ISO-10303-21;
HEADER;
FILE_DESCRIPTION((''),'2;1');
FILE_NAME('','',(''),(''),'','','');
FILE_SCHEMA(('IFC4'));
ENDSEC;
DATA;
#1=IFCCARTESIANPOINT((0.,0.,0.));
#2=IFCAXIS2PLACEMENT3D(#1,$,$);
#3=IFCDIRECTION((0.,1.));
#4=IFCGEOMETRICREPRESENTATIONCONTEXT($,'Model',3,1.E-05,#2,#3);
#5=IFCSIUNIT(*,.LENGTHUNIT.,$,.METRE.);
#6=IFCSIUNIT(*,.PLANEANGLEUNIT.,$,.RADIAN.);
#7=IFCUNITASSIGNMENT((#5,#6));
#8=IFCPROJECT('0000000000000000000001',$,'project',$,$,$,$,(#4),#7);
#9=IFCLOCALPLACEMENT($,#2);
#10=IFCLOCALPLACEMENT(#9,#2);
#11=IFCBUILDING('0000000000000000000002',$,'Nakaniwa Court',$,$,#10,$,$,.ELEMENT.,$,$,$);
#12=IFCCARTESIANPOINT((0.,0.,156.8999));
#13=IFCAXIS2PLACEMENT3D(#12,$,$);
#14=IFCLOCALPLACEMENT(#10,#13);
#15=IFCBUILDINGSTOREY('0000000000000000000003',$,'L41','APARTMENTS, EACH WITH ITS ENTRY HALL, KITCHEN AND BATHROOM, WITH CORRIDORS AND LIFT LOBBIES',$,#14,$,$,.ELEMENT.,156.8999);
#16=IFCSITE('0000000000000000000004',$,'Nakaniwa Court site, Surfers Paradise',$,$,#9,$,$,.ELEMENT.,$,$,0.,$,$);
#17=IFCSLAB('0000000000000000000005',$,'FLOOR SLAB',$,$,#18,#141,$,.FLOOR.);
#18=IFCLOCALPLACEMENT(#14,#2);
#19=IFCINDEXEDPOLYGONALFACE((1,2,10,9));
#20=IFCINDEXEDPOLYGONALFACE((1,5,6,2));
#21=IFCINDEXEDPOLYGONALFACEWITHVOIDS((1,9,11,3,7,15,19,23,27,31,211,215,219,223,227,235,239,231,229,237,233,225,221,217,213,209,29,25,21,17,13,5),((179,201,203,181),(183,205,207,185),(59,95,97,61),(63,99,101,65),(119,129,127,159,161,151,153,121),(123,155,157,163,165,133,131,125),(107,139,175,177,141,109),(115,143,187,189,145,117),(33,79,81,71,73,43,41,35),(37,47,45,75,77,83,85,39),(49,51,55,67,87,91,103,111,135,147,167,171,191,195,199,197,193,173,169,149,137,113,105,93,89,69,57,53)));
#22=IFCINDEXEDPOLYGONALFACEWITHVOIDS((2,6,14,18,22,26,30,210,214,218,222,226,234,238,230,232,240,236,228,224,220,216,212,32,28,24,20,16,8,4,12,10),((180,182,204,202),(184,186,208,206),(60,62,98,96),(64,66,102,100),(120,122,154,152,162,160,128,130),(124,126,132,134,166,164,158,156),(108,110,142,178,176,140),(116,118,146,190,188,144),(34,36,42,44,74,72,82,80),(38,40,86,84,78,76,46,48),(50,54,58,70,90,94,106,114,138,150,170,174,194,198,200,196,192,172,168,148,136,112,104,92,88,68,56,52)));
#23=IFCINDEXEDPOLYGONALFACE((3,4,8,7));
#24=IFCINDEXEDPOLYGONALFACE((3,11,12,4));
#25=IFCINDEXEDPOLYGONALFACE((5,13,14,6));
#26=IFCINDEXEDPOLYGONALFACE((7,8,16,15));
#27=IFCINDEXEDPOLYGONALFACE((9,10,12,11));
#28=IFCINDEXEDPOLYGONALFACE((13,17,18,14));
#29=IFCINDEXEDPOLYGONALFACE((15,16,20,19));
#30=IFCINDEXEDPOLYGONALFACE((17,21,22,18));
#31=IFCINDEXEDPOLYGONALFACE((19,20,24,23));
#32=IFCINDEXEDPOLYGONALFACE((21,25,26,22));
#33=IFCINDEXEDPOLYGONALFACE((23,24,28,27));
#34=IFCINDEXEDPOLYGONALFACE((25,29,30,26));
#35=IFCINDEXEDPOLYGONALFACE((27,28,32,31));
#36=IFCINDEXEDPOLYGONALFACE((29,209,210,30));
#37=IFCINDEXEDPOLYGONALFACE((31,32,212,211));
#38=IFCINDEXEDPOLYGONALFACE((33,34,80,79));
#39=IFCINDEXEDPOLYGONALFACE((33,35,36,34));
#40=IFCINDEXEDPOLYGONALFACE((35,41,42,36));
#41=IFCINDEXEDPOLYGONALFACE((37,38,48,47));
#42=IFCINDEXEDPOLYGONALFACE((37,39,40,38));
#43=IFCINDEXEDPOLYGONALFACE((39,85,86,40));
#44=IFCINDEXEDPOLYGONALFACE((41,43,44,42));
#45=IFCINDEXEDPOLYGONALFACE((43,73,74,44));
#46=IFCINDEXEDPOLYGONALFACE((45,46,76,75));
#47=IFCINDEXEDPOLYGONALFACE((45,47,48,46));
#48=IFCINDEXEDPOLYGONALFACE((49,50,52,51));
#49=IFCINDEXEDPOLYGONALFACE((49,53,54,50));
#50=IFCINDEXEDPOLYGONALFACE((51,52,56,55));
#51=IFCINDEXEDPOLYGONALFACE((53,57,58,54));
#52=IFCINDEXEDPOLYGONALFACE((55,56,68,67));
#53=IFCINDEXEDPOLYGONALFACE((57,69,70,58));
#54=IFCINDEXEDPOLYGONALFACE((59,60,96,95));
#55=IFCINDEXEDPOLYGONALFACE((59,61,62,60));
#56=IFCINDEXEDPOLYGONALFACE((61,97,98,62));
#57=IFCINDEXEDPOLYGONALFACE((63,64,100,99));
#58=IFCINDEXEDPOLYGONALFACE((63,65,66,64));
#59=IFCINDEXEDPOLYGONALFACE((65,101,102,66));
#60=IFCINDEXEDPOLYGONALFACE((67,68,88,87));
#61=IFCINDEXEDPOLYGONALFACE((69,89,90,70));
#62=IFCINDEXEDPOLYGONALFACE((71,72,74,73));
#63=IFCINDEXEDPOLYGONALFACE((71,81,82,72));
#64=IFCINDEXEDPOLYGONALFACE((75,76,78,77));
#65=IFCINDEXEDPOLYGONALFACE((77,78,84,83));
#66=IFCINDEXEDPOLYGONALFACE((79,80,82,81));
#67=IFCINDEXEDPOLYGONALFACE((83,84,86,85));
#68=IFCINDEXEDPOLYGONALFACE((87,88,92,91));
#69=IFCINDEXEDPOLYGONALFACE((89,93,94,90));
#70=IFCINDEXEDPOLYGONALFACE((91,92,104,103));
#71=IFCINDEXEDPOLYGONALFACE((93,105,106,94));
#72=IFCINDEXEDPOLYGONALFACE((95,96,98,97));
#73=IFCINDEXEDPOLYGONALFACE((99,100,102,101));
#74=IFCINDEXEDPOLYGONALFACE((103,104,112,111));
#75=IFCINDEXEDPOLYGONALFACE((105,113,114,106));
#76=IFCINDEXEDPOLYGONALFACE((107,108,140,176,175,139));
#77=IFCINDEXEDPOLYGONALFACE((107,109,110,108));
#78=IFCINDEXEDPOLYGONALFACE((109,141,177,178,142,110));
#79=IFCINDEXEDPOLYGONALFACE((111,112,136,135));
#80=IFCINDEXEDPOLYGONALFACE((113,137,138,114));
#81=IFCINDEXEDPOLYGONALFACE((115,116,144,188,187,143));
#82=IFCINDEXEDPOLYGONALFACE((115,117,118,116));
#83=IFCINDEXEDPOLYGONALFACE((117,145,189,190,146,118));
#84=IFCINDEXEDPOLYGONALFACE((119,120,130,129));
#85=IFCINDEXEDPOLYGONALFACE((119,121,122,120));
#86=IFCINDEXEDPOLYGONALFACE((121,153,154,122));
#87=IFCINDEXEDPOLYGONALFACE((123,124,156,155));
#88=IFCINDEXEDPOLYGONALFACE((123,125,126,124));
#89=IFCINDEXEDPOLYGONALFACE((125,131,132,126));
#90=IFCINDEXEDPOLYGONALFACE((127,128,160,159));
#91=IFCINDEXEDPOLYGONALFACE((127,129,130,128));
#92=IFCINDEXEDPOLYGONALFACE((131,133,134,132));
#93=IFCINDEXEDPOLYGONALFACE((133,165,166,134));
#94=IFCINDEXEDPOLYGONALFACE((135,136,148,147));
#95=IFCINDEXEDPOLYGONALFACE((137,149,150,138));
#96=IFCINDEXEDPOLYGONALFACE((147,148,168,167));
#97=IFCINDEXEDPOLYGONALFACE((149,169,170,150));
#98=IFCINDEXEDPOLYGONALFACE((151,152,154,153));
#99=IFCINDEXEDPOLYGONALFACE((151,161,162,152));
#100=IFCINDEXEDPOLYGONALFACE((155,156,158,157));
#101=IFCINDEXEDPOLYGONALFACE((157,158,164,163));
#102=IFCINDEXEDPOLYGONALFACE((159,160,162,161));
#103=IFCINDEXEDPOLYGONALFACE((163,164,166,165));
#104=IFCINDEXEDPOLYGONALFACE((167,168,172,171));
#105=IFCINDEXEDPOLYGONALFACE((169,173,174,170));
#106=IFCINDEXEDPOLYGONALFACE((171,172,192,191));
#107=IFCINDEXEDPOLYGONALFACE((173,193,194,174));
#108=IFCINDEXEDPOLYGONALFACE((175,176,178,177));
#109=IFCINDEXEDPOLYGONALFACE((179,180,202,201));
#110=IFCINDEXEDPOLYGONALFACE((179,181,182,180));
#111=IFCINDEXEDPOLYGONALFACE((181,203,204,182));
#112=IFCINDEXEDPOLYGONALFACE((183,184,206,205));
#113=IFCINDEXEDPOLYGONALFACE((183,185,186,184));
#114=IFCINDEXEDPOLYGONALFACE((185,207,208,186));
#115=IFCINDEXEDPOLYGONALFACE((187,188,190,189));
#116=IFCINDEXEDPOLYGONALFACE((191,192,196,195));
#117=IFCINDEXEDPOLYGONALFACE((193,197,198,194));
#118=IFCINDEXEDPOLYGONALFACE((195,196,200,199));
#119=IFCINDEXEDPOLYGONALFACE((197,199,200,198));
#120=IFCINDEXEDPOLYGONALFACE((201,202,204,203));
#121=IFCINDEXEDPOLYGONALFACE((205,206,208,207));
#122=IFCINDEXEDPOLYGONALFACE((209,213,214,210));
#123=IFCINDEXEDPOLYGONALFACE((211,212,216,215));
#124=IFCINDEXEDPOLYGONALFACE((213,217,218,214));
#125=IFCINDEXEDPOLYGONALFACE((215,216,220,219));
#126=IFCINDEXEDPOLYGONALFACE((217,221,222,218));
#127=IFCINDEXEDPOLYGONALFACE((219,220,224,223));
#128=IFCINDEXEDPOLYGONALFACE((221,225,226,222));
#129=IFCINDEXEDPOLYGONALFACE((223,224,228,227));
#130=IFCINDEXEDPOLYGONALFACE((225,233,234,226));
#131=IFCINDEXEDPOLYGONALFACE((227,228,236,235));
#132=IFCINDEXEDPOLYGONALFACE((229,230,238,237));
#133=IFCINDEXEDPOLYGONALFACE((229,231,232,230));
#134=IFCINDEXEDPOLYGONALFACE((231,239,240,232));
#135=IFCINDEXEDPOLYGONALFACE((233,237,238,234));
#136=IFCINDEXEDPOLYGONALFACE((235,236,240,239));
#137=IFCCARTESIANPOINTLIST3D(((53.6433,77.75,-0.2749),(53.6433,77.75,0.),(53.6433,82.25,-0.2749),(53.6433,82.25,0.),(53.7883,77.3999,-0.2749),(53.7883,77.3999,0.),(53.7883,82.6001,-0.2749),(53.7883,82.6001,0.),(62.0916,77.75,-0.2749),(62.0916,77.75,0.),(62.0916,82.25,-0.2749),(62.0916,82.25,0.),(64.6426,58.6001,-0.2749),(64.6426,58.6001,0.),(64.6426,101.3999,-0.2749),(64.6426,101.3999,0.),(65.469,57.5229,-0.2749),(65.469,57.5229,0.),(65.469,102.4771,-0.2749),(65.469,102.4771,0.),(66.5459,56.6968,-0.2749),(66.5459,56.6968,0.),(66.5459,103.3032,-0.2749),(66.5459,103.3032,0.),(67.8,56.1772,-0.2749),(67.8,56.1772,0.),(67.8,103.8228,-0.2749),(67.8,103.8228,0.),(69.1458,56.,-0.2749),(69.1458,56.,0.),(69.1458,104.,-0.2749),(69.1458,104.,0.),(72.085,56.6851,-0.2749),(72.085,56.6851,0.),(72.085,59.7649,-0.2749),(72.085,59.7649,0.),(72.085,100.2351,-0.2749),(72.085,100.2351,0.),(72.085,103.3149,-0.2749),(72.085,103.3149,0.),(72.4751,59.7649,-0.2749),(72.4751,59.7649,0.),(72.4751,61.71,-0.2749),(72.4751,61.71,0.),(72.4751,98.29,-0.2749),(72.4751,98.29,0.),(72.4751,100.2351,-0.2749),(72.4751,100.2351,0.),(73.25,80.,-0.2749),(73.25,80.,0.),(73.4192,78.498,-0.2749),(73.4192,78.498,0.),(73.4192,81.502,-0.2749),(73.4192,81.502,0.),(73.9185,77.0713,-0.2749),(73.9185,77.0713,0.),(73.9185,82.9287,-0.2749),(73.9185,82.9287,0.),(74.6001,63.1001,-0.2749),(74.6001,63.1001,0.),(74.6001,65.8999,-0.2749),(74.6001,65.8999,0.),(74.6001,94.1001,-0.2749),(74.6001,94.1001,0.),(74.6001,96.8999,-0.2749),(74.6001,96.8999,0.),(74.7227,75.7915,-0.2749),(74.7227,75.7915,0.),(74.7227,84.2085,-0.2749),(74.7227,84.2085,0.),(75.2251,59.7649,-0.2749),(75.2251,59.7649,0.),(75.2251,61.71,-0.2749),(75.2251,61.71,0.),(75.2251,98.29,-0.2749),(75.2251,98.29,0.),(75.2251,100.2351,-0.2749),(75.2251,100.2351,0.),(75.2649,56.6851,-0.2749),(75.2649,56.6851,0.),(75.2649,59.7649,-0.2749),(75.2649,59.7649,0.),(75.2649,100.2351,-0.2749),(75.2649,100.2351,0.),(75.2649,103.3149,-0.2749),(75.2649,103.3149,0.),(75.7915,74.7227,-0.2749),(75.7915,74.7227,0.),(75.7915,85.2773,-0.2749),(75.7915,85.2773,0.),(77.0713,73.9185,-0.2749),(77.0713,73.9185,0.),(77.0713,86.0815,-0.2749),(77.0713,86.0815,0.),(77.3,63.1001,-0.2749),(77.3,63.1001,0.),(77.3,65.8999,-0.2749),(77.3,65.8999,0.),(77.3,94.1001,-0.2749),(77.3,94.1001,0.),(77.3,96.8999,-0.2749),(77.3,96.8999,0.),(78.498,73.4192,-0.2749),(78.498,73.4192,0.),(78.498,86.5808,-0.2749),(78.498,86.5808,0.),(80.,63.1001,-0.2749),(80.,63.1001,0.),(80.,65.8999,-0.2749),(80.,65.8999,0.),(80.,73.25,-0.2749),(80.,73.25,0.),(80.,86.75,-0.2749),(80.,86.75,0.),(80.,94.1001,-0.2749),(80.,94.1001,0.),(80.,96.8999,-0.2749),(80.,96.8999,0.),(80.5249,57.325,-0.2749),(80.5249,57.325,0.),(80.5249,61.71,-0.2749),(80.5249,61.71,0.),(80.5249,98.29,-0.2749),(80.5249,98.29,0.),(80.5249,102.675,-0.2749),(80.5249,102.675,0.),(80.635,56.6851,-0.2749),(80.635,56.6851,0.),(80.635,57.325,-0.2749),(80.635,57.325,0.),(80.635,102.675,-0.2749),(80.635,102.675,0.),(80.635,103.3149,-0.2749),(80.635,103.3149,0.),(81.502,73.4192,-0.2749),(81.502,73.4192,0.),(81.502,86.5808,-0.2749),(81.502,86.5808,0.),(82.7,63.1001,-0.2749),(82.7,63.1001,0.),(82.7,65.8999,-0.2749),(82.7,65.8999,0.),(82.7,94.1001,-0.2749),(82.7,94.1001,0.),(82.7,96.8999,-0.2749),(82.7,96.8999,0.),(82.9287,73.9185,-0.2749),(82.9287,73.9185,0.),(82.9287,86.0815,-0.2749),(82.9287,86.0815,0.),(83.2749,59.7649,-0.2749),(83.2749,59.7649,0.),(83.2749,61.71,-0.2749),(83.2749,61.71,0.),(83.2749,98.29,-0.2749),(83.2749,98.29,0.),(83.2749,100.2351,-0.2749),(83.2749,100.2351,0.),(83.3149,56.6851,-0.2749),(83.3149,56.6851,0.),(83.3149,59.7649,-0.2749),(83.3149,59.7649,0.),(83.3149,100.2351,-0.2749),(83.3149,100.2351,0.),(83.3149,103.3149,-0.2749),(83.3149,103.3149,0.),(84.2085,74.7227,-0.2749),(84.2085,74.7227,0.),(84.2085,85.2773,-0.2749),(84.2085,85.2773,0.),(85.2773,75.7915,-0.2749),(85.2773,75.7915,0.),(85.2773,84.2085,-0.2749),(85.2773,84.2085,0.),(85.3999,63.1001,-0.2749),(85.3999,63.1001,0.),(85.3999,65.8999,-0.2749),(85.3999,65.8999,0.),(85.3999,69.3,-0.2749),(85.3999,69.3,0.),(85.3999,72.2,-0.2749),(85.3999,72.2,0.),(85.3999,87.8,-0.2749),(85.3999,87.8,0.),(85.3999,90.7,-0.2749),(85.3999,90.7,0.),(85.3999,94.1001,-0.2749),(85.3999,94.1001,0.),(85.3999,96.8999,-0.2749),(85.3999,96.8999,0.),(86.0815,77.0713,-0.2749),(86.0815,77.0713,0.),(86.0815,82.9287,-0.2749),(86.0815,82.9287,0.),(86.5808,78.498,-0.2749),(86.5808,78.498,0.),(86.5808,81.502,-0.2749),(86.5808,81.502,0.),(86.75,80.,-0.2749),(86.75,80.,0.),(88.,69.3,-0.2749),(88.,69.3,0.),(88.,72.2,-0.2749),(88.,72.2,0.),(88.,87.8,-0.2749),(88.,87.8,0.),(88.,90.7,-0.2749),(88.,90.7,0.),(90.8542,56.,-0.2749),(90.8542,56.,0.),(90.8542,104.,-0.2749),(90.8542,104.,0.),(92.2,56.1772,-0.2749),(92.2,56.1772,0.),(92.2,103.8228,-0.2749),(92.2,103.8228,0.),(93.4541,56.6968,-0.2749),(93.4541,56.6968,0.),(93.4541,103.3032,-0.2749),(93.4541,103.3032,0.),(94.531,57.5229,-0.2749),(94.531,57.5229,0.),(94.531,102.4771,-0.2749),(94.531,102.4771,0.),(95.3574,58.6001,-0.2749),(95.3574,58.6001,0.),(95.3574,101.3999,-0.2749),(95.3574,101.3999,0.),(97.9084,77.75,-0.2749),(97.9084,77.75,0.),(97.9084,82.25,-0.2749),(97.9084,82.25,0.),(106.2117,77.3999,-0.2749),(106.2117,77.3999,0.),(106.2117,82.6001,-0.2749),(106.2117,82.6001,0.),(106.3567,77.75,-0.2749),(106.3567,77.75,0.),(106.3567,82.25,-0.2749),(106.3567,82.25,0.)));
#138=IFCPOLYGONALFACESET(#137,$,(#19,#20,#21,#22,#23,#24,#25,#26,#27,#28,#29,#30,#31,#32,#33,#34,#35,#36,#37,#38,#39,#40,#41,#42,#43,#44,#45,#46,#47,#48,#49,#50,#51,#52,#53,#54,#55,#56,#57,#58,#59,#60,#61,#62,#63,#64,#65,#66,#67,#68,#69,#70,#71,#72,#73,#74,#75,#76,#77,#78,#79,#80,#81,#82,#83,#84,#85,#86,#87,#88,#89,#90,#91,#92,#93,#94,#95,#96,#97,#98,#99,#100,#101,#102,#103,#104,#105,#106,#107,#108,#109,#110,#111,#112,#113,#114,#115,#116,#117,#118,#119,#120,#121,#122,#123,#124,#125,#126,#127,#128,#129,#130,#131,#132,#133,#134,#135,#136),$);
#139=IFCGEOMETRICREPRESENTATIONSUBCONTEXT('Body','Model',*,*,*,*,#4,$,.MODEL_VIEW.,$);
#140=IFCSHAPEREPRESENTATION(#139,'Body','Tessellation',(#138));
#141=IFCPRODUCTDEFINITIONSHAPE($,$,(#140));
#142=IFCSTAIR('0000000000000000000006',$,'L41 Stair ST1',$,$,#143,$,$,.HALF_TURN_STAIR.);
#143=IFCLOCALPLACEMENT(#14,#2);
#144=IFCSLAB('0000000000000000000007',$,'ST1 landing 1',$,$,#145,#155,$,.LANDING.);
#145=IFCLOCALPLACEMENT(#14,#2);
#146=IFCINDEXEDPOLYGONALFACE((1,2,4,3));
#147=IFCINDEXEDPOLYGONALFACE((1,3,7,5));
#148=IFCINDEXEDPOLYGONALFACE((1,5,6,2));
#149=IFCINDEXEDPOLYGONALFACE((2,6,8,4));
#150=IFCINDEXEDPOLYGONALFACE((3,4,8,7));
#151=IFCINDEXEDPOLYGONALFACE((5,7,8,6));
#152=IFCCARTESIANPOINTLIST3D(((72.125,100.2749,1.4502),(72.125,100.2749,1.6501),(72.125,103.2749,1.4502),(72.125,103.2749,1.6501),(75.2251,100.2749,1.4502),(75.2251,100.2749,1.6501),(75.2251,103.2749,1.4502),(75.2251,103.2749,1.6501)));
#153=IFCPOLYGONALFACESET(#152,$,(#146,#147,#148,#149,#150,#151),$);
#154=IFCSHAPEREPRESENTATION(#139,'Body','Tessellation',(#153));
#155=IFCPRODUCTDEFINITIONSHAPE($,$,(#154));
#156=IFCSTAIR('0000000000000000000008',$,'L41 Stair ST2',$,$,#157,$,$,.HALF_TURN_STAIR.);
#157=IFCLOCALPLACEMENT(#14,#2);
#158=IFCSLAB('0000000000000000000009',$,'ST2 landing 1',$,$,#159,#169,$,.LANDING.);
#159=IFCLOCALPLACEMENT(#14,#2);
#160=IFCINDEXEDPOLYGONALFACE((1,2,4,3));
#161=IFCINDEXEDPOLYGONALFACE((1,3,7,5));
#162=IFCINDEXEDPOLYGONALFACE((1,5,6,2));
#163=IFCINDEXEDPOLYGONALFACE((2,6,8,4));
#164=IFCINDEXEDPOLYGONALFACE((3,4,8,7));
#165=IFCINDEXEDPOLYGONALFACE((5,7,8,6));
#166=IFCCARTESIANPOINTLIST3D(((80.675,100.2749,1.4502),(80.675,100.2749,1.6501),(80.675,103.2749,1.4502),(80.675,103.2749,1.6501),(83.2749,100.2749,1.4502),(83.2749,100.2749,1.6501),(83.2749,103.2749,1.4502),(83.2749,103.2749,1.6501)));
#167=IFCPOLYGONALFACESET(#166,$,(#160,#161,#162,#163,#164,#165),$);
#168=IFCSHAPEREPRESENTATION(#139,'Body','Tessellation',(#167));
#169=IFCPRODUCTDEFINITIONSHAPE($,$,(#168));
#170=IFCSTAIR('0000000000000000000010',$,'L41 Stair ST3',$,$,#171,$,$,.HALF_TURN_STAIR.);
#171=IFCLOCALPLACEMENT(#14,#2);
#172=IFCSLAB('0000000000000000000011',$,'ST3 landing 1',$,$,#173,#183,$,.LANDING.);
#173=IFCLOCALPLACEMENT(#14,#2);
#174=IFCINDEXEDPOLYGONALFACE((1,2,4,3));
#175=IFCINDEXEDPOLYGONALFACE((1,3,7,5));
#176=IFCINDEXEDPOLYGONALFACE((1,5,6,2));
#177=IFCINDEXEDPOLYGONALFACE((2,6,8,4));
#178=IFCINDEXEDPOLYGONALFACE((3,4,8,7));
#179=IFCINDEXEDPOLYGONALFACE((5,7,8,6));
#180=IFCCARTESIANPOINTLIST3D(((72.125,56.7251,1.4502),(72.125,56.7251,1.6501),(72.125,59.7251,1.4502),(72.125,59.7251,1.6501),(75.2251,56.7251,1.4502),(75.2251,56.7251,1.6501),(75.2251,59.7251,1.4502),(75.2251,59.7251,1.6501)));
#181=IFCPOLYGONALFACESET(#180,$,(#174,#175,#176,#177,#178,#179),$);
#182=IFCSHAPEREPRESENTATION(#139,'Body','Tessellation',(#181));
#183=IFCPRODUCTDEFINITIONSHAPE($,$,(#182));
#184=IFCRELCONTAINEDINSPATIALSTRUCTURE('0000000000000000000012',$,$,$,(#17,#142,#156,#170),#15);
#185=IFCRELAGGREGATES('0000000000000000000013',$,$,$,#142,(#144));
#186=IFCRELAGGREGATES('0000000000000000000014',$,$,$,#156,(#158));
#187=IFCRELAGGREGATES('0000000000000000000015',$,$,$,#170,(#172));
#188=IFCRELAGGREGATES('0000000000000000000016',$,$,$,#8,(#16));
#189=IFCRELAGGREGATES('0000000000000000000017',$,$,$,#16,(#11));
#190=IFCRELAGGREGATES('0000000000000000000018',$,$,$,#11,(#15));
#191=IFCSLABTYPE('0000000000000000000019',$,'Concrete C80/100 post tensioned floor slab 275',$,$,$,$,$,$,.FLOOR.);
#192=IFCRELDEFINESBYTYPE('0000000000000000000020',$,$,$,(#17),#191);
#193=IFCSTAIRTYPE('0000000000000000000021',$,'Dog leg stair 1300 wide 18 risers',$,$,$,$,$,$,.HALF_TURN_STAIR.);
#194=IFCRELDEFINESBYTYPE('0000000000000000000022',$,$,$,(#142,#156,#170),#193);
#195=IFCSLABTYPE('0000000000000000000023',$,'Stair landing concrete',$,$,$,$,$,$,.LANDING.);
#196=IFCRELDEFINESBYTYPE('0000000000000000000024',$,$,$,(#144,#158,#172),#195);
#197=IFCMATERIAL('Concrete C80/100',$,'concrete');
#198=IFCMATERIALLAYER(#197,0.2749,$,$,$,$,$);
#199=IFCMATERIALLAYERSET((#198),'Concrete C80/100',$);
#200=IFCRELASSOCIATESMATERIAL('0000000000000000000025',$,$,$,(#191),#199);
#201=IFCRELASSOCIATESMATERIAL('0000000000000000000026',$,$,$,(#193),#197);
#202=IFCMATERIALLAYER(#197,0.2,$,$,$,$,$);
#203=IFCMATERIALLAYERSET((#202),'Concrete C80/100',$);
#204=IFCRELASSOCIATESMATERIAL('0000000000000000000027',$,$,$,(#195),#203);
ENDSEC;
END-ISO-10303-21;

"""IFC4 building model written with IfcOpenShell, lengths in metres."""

from ifc_helpers import new_model, si_unit, direction, frame, origin, place, context, subcontext, project, spatial, polyline, outline, extrude, material, layer, layer_set, type_object, element, aggregate, save


model = new_model("IFC4")

# Units and contexts
model_context = context("Model", 3, precision=1e-05, world=origin(), true_north=direction((0.0, 1.0)))
body_context = subcontext(model_context, "Body", "Model", "MODEL_VIEW")
ifc_project = project(units=[si_unit("LENGTHUNIT", "METRE"), si_unit("PLANEANGLEUNIT", "RADIAN")], contexts=[model_context])

# Site, building, storey
site_placement = place(None, origin())
site = spatial("IfcSite", under=ifc_project, at=site_placement, Name="Nakaniwa Court site, Surfers Paradise", CompositionType="ELEMENT", RefElevation=0.0)
building_placement = place(site_placement, origin())
building = spatial("IfcBuilding", under=site, at=building_placement, Name="Nakaniwa Court", CompositionType="ELEMENT")
storey_placement = place(building_placement, frame((0.0, 0.0, 156.8999)))
storey = spatial("IfcBuildingStorey", under=building, at=storey_placement, Name="L41", Description="APARTMENTS, EACH WITH ITS ENTRY HALL, KITCHEN AND BATHROOM, WITH CORRIDORS AND LIFT LOBBIES", CompositionType="ELEMENT", Elevation=156.8999)

# Shared definitions
ifc_material_1 = material(Name="Concrete C80/100", Category="concrete")

# Slab
ifc_layer_1 = layer(ifc_material_1, 0.2749)
ifc_layer_set_1 = layer_set([ifc_layer_1], Name="Concrete C80/100")
slab_type_1 = type_object("IfcSlabType", Name="Concrete C80/100 post tensioned floor slab 275", PredefinedType="FLOOR", material=ifc_layer_set_1)
slab_1_placement = place(storey_placement, frame((0.0, 0.0, -0.2749)))
element("IfcSlab", 1, at=slab_1_placement, inside=storey, type_object=slab_type_1, Name="FLOOR SLAB", PredefinedType="FLOOR", context=body_context, shape_type="SweptSolid", body=[
    extrude(outline(polyline([(97.9084, 82.25), (106.3567, 82.25), (106.2117, 82.6001), (95.3574, 101.3999), (94.531, 102.4771), (93.4541, 103.3032), (92.2, 103.8228), (90.8542, 104.0), (69.1458, 104.0), (67.8, 103.8228), (66.5459, 103.3032), (65.469, 102.4771), (64.6426, 101.3999), (53.7883, 82.6001), (53.6433, 82.25), (62.0916, 82.25), (62.0916, 77.75), (53.6433, 77.75), (53.7883, 77.3999), (64.6426, 58.6001), (65.469, 57.5229), (66.5459, 56.6968), (67.8, 56.1772), (69.1458, 56.0), (90.8542, 56.0), (92.2, 56.1772), (93.4541, 56.6968), (94.531, 57.5229), (95.3574, 58.6001), (106.2117, 77.3999), (106.3567, 77.75), (97.9084, 77.75), (97.9084, 82.25)]), holes=[polyline([(81.502, 86.5808), (80.0, 86.75), (78.498, 86.5808), (77.0713, 86.0815), (75.7915, 85.2773), (74.7227, 84.2085), (73.9185, 82.9287), (73.4192, 81.502), (73.25, 80.0), (73.4192, 78.498), (73.9185, 77.0713), (74.7227, 75.7915), (75.7915, 74.7227), (77.0713, 73.9185), (78.498, 73.4192), (80.0, 73.25), (81.502, 73.4192), (82.9287, 73.9185), (84.2085, 74.7227), (85.2773, 75.7915), (86.0815, 77.0713), (86.5808, 78.498), (86.75, 80.0), (86.5808, 81.502), (86.0815, 82.9287), (85.2773, 84.2085), (84.2085, 85.2773), (82.9287, 86.0815), (81.502, 86.5808)]), polyline([(72.4751, 61.71), (72.4751, 59.7649), (72.085, 59.7649), (72.085, 56.6851), (75.2649, 56.6851), (75.2649, 59.7649), (75.2251, 59.7649), (75.2251, 61.71), (72.4751, 61.71)]), polyline([(77.3, 65.8999), (74.6001, 65.8999), (74.6001, 63.1001), (77.3, 63.1001), (77.3, 65.8999)]), polyline([(80.0, 65.8999), (80.0, 63.1001), (82.7, 63.1001), (85.3999, 63.1001), (85.3999, 65.8999), (82.7, 65.8999), (80.0, 65.8999)]), polyline([(77.3, 96.8999), (74.6001, 96.8999), (74.6001, 94.1001), (77.3, 94.1001), (77.3, 96.8999)]), polyline([(80.0, 96.8999), (80.0, 94.1001), (82.7, 94.1001), (85.3999, 94.1001), (85.3999, 96.8999), (82.7, 96.8999), (80.0, 96.8999)]), polyline([(75.2649, 100.2351), (75.2649, 103.3149), (72.085, 103.3149), (72.085, 100.2351), (72.4751, 100.2351), (72.4751, 98.29), (75.2251, 98.29), (75.2251, 100.2351), (75.2649, 100.2351)]), polyline([(83.2749, 61.71), (80.5249, 61.71), (80.5249, 57.325), (80.635, 57.325), (80.635, 56.6851), (83.3149, 56.6851), (83.3149, 59.7649), (83.2749, 59.7649), (83.2749, 61.71)]), polyline([(88.0, 72.2), (85.3999, 72.2), (85.3999, 69.3), (88.0, 69.3), (88.0, 72.2)]), polyline([(88.0, 90.7), (85.3999, 90.7), (85.3999, 87.8), (88.0, 87.8), (88.0, 90.7)]), polyline([(83.3149, 100.2351), (83.3149, 103.3149), (80.635, 103.3149), (80.635, 102.675), (80.5249, 102.675), (80.5249, 98.29), (83.2749, 98.29), (83.2749, 100.2351), (83.3149, 100.2351)])]), origin(), (0.0, 0.0, 1.0), 0.2749),
])

# Stairs, slabs
stair_type = type_object("IfcStairType", Name="Dog leg stair 1300 wide 18 risers", PredefinedType="HALF_TURN_STAIR", material=ifc_material_1)
stair_1_placement = place(storey_placement, origin())
stair_1 = element("IfcStair", 2, at=stair_1_placement, inside=storey, type_object=stair_type, Name="L41 Stair ST1", PredefinedType="HALF_TURN_STAIR")
ifc_layer_2 = layer(ifc_material_1, 0.2)
ifc_layer_set_2 = layer_set([ifc_layer_2], Name="Concrete C80/100")
slab_type_2 = type_object("IfcSlabType", Name="Stair landing concrete", PredefinedType="LANDING", material=ifc_layer_set_2)
slab_2_placement = place(storey_placement, frame((0.0, 0.0, 1.4502)))
slab_2 = element("IfcSlab", 3, at=slab_2_placement, type_object=slab_type_2, Name="ST1 landing 1", PredefinedType="LANDING", context=body_context, shape_type="SweptSolid", body=[
    extrude(outline(polyline([(75.2251, 100.2749), (75.2251, 103.2749), (72.125, 103.2749), (72.125, 100.2749), (75.2251, 100.2749)])), origin(), (0.0, 0.0, 1.0), 0.2),
])
aggregate(stair_1, [slab_2])
stair_2_placement = place(storey_placement, origin())
stair_2 = element("IfcStair", 4, at=stair_2_placement, inside=storey, type_object=stair_type, Name="L41 Stair ST2", PredefinedType="HALF_TURN_STAIR")
slab_3_placement = place(storey_placement, frame((0.0, 0.0, 1.4502)))
slab_3 = element("IfcSlab", 5, at=slab_3_placement, type_object=slab_type_2, Name="ST2 landing 1", PredefinedType="LANDING", context=body_context, shape_type="SweptSolid", body=[
    extrude(outline(polyline([(83.2749, 100.2749), (83.2749, 103.2749), (80.675, 103.2749), (80.675, 100.2749), (83.2749, 100.2749)])), origin(), (0.0, 0.0, 1.0), 0.2),
])
aggregate(stair_2, [slab_3])
stair_3_placement = place(storey_placement, origin())
stair_3 = element("IfcStair", 6, at=stair_3_placement, inside=storey, type_object=stair_type, Name="L41 Stair ST3", PredefinedType="HALF_TURN_STAIR")
slab_4_placement = place(storey_placement, frame((0.0, 0.0, 1.4502)))
slab_4 = element("IfcSlab", 7, at=slab_4_placement, type_object=slab_type_2, Name="ST3 landing 1", PredefinedType="LANDING", context=body_context, shape_type="SweptSolid", body=[
    extrude(outline(polyline([(75.2251, 56.7251), (75.2251, 59.7251), (72.125, 59.7251), (72.125, 56.7251), (75.2251, 56.7251)])), origin(), (0.0, 0.0, 1.0), 0.2),
])
aggregate(stair_3, [slab_4])

save(model, "model.ifc")
